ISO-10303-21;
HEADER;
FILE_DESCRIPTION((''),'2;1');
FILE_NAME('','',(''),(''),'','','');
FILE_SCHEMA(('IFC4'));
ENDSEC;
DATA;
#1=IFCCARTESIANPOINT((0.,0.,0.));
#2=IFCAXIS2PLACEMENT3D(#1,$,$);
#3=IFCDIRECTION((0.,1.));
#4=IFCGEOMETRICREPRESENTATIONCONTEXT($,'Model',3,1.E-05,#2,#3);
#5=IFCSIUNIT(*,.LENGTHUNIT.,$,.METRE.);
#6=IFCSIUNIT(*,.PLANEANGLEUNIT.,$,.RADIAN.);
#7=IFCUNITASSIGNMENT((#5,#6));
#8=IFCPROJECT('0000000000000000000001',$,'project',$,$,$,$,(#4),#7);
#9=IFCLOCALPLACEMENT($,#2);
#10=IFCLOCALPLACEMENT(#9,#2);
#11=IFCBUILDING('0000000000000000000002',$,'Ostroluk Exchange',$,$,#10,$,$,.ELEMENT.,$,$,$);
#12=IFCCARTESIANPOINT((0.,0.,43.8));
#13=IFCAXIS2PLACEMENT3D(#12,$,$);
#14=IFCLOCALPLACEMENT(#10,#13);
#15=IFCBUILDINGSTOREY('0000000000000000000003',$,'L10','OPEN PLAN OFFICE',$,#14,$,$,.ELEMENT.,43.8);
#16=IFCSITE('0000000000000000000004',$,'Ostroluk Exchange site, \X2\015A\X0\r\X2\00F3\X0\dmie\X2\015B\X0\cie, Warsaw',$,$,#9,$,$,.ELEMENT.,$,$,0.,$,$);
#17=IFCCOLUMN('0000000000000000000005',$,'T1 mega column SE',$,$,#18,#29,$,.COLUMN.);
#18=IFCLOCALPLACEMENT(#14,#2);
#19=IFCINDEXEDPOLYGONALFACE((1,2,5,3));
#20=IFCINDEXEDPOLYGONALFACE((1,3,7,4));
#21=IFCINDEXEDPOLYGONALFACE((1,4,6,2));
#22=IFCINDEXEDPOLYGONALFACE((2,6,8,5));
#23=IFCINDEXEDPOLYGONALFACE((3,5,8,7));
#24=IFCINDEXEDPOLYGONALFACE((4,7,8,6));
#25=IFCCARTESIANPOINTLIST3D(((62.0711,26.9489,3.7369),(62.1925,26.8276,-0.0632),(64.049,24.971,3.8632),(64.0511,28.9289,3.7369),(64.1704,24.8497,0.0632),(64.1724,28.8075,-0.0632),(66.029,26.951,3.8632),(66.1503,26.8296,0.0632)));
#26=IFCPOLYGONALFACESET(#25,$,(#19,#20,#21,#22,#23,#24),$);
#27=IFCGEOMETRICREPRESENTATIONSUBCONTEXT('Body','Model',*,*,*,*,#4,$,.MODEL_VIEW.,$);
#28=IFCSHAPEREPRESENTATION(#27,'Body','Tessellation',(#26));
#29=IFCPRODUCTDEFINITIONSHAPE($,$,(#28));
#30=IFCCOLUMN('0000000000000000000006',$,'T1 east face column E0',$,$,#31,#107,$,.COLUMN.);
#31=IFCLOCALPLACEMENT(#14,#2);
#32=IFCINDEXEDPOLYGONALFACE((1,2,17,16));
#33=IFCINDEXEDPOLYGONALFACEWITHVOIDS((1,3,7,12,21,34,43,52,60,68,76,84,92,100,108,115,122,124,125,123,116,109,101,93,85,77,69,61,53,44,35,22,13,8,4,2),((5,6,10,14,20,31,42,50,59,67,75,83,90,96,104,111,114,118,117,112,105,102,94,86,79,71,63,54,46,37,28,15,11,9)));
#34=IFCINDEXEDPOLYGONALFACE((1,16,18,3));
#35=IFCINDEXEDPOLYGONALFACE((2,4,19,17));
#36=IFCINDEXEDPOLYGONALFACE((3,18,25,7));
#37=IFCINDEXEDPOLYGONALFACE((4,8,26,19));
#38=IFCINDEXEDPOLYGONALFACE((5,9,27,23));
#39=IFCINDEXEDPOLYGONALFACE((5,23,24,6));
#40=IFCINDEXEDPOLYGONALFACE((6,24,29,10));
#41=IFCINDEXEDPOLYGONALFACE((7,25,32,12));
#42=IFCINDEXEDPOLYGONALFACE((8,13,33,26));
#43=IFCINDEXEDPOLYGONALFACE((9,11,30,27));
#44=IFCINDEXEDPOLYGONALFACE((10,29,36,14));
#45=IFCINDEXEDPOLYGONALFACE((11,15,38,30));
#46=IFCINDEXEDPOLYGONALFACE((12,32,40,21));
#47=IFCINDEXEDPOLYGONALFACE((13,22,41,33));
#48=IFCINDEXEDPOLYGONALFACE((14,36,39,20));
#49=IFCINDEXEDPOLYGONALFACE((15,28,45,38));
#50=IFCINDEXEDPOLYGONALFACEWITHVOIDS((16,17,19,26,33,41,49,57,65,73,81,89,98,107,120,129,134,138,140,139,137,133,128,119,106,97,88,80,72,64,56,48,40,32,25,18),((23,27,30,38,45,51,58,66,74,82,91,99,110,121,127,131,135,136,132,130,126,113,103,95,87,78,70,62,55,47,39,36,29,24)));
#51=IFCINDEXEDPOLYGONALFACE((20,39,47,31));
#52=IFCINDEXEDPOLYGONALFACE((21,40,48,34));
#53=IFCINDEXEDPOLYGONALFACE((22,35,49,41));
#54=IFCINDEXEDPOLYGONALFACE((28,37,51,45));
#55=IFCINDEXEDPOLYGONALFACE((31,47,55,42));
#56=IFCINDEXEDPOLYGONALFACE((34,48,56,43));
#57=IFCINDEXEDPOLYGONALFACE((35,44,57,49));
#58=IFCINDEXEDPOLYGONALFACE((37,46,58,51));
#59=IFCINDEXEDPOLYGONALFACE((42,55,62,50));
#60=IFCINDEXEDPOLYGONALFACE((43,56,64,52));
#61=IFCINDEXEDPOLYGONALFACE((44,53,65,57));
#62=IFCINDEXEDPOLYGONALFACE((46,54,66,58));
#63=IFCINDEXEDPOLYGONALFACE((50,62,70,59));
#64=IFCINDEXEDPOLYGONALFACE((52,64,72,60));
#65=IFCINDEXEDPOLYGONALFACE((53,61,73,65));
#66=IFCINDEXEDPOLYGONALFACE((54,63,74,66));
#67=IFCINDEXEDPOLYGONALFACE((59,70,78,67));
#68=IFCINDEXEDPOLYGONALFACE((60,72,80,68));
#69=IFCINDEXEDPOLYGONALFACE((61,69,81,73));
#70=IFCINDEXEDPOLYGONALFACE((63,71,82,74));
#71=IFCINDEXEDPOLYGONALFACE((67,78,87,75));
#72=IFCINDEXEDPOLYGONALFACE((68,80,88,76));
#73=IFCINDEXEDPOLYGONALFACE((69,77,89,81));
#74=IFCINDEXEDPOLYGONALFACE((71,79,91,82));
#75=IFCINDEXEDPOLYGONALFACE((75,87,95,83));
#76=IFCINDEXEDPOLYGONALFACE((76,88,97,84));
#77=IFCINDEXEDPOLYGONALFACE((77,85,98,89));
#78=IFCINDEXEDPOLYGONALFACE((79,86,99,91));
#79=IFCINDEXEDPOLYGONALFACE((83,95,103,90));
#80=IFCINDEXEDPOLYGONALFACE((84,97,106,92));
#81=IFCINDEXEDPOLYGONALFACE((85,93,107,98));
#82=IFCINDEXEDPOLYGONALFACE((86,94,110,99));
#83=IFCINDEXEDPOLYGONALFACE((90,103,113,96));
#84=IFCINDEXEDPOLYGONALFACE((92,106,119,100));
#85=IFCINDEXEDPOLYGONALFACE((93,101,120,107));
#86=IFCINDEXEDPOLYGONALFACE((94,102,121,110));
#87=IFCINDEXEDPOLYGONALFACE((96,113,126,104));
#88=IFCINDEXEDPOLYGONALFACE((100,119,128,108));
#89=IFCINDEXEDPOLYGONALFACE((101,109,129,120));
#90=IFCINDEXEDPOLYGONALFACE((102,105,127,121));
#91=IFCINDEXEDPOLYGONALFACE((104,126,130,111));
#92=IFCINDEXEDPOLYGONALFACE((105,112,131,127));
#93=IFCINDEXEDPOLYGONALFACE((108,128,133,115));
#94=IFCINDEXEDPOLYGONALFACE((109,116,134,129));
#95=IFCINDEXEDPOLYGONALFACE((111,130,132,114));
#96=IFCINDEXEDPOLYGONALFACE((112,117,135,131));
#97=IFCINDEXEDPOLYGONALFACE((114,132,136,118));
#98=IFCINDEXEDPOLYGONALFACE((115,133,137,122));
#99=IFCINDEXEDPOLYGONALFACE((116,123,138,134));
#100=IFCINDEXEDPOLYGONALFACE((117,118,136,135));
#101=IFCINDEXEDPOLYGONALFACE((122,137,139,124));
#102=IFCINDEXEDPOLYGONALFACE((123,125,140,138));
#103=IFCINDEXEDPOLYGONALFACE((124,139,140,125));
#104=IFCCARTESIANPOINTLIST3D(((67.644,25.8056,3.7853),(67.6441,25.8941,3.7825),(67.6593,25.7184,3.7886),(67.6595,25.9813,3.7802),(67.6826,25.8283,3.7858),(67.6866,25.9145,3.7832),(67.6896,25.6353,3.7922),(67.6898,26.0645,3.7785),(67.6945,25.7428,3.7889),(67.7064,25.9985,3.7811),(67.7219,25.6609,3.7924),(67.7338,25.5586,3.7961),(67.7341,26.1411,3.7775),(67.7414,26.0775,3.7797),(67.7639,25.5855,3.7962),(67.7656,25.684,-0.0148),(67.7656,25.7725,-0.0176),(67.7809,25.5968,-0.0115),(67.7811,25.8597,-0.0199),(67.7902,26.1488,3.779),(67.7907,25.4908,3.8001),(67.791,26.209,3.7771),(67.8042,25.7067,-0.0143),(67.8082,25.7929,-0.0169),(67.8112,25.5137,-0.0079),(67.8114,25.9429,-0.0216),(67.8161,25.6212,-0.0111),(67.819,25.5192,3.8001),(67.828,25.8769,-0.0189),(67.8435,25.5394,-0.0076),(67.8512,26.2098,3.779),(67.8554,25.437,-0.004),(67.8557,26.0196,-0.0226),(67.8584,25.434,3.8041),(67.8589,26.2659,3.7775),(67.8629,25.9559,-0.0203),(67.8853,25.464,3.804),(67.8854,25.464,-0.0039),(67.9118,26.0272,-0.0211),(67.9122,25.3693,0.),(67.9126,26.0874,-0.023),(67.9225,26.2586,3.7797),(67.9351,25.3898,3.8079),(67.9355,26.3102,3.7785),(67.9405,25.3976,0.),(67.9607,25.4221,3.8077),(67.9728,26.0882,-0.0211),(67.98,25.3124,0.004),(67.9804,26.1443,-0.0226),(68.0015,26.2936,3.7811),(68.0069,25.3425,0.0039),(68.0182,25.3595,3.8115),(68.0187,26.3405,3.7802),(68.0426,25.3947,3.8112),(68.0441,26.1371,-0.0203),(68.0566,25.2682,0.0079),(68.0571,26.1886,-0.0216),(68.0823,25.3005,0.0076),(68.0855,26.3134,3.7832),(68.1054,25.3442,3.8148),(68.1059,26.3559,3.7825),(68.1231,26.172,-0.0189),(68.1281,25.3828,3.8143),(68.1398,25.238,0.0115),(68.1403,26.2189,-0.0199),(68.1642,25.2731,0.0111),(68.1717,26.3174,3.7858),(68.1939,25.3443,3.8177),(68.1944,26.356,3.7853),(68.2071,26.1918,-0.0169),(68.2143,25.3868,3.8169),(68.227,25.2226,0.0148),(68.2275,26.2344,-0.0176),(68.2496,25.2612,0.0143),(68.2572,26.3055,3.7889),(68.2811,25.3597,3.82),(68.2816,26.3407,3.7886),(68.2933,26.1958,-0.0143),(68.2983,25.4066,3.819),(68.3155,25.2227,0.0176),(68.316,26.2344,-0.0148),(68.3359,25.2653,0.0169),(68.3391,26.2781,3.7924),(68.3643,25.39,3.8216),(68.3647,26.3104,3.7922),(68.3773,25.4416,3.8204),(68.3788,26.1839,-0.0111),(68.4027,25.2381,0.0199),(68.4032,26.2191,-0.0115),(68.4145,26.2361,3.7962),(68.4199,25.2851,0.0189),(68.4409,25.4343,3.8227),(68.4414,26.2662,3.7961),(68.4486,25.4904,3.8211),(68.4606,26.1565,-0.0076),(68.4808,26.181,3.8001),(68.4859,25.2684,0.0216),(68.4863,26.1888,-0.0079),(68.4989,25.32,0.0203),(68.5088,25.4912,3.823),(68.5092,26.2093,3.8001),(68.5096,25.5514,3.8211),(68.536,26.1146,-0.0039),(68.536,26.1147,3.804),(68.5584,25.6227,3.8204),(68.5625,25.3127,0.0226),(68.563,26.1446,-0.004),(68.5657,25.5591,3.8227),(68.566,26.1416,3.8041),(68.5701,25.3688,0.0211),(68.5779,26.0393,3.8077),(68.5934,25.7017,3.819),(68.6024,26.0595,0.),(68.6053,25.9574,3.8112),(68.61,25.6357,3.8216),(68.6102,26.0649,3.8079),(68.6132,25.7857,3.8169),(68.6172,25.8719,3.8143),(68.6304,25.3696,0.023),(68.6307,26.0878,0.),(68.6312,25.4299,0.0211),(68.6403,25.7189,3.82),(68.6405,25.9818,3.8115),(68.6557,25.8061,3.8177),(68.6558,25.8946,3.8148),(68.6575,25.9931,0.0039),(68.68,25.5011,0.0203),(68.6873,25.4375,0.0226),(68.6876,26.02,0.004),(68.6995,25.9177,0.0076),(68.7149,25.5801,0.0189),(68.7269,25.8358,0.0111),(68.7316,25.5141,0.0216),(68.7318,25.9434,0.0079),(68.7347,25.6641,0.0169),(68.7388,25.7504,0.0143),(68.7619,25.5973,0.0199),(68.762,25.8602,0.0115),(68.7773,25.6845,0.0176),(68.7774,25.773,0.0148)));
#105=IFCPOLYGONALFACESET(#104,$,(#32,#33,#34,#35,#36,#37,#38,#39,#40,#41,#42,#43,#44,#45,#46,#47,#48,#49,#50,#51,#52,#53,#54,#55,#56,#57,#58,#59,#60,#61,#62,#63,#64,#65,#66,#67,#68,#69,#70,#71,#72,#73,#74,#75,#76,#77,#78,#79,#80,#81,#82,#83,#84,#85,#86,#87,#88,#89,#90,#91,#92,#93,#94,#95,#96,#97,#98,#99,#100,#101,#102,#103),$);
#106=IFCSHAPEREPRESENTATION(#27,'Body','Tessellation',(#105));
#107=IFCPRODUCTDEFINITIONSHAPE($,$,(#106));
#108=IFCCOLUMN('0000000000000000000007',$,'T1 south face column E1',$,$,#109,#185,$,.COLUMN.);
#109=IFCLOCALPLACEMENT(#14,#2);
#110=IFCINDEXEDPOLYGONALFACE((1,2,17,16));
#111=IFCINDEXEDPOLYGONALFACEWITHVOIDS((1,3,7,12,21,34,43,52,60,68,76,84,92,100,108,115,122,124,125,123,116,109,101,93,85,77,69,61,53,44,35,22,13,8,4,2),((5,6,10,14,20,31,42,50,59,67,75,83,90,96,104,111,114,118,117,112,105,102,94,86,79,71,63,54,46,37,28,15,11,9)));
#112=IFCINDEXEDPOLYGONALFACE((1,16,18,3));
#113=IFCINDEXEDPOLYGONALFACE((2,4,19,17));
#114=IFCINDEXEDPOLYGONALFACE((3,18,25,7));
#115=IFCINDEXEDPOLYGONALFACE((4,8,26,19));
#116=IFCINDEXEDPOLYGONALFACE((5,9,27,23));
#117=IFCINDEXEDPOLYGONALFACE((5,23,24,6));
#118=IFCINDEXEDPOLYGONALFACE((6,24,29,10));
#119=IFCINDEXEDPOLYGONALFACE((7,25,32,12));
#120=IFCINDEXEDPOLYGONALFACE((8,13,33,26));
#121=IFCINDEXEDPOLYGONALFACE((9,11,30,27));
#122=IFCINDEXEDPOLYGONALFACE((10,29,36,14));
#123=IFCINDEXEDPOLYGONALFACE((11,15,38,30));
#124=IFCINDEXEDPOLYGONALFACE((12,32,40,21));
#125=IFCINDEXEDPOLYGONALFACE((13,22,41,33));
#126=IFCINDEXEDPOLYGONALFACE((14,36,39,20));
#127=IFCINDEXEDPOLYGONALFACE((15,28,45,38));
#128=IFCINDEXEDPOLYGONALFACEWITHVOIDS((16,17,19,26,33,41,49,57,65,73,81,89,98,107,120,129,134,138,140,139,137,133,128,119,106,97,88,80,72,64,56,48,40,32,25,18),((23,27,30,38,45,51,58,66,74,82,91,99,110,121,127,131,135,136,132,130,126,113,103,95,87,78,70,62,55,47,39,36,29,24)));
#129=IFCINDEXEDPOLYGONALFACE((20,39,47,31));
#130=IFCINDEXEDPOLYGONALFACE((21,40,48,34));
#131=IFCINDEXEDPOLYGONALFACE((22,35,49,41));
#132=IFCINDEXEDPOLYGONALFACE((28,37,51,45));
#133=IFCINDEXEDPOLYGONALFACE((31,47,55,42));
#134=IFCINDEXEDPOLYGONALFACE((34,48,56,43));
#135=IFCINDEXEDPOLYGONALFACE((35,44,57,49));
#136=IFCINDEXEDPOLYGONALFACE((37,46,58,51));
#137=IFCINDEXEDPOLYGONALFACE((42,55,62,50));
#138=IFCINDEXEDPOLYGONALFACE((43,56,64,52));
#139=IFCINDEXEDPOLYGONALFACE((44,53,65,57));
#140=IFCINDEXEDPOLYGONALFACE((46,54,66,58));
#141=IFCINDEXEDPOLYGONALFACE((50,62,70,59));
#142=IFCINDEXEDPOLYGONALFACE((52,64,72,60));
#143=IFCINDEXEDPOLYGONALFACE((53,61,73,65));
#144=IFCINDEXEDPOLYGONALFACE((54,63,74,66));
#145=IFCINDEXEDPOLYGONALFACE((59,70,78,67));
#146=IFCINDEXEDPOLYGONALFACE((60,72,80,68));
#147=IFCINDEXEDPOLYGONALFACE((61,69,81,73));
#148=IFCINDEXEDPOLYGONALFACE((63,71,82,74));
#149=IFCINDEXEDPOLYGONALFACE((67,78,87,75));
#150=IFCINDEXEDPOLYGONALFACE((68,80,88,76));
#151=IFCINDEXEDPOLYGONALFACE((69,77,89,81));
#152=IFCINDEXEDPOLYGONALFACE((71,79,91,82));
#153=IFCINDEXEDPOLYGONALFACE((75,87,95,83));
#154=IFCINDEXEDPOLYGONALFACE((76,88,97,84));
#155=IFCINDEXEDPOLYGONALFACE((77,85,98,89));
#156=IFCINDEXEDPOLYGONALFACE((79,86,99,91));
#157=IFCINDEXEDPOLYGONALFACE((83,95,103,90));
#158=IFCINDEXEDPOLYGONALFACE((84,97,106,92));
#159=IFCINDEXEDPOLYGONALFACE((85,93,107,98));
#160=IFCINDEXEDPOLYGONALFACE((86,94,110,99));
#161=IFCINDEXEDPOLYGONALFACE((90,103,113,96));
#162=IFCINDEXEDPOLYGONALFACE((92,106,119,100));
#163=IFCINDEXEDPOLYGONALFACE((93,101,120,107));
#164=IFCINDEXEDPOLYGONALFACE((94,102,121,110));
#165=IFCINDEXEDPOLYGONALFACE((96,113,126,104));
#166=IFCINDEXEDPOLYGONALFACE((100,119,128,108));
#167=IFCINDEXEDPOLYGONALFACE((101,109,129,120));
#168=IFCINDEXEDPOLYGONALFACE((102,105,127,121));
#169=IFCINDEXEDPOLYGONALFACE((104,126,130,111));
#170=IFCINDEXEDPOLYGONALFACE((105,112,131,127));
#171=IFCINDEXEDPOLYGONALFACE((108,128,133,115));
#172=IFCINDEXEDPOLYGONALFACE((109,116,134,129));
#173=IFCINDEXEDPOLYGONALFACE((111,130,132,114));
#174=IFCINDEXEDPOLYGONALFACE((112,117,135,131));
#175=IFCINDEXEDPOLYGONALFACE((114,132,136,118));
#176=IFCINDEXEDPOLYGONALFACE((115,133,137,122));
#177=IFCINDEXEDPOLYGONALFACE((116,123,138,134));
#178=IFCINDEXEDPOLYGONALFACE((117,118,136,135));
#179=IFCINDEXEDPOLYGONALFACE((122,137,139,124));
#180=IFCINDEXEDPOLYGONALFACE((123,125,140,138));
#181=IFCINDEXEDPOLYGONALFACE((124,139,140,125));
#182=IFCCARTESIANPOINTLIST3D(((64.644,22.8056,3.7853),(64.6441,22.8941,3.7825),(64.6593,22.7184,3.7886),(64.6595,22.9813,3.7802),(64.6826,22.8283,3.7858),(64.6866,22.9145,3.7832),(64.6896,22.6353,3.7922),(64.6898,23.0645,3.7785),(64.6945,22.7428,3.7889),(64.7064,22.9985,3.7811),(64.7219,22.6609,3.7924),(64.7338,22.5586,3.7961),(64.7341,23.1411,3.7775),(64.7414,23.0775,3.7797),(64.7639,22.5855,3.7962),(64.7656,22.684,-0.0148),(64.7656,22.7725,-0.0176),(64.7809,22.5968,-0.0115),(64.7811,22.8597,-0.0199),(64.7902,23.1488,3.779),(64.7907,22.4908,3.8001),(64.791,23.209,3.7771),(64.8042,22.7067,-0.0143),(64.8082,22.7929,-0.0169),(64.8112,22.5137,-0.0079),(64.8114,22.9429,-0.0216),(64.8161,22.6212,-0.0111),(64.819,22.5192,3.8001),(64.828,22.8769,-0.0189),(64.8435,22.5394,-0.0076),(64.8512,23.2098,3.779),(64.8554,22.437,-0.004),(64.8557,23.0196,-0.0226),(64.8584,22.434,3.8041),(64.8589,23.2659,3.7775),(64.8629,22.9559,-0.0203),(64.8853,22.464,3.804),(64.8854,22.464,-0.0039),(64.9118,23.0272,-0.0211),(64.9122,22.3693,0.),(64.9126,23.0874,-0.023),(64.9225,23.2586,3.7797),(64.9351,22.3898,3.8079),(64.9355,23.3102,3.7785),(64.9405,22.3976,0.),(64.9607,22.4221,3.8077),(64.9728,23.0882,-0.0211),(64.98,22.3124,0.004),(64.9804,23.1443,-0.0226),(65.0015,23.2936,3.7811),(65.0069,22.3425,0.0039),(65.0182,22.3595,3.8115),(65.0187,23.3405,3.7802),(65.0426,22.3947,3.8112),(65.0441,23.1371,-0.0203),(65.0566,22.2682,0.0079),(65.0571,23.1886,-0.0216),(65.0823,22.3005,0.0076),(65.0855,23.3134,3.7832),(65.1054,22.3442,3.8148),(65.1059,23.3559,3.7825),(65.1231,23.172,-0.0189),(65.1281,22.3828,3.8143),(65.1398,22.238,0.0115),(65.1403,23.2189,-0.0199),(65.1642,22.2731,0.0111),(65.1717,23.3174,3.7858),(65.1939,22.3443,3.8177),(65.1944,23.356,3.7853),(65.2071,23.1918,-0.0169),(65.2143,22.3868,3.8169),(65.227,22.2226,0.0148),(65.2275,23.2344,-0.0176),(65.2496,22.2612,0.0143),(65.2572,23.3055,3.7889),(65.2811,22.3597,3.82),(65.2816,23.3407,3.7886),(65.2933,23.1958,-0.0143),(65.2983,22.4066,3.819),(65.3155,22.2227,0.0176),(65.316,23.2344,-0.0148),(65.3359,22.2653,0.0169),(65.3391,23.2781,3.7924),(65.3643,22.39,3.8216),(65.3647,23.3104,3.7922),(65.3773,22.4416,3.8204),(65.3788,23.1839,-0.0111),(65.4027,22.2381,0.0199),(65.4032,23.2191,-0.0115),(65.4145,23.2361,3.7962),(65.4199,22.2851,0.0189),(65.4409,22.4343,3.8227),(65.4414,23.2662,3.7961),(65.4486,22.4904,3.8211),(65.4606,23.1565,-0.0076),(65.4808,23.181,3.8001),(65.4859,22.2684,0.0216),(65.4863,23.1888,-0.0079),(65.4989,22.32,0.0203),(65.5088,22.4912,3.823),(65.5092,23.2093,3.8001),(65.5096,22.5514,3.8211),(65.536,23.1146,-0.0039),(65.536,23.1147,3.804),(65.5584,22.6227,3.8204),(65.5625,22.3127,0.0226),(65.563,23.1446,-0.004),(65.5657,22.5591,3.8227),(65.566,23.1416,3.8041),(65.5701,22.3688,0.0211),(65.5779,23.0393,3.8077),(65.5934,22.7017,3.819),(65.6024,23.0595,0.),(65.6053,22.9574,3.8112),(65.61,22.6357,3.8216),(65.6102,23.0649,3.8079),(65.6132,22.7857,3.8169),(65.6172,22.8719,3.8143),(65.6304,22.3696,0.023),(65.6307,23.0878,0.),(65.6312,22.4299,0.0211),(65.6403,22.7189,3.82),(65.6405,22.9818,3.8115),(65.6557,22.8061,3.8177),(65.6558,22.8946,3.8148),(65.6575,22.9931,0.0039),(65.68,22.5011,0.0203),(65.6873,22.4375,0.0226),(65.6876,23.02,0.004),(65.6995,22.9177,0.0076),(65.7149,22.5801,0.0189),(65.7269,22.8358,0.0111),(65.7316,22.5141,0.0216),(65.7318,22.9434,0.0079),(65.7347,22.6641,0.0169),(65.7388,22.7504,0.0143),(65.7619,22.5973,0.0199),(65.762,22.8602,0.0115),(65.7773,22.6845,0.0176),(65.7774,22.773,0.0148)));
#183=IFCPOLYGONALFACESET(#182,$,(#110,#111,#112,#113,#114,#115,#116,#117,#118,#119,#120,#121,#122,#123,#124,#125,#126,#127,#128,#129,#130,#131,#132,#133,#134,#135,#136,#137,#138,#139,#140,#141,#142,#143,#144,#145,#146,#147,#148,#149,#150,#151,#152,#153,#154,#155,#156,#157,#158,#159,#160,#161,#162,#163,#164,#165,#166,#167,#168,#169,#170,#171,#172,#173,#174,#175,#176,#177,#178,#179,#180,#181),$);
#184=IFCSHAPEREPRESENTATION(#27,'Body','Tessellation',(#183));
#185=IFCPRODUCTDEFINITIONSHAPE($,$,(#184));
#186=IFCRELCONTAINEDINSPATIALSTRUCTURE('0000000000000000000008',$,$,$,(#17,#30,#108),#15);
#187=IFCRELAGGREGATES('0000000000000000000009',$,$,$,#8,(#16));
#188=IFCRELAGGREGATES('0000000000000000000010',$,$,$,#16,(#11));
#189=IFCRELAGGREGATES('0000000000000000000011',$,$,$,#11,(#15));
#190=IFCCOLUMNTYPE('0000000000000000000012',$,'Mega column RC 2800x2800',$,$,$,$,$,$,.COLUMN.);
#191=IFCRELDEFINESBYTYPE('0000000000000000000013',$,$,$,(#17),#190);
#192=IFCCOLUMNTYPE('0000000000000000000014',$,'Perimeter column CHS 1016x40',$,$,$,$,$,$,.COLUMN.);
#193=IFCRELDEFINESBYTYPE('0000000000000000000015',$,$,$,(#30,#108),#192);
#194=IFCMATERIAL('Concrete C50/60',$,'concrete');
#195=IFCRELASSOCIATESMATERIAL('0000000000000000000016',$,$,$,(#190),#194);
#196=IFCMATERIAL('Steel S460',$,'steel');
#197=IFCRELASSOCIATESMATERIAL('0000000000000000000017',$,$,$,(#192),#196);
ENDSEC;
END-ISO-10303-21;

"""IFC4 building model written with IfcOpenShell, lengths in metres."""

from ifc_helpers import new_model, si_unit, direction, frame, origin, origin_2d, place, context, subcontext, project, spatial, rectangle, hollow_circle, extrude, material, material_profile, profile_set, type_object, element, save


model = new_model("IFC4")

# Units and contexts
model_context = context("Model", 3, precision=1e-05, world=origin(), true_north=direction((0.0, 1.0)))
body_context = subcontext(model_context, "Body", "Model", "MODEL_VIEW")
ifc_project = project(units=[si_unit("LENGTHUNIT", "METRE"), si_unit("PLANEANGLEUNIT", "RADIAN")], contexts=[model_context])

# Site, building, storey
site_placement = place(None, origin())
site = spatial("IfcSite", under=ifc_project, at=site_placement, Name="Ostroluk Exchange site, Śródmieście, Warsaw", CompositionType="ELEMENT", RefElevation=0.0)
building_placement = place(site_placement, origin())
building = spatial("IfcBuilding", under=site, at=building_placement, Name="Ostroluk Exchange", CompositionType="ELEMENT")
storey_placement = place(building_placement, frame((0.0, 0.0, 43.8)))
storey = spatial("IfcBuildingStorey", under=building, at=storey_placement, Name="L10", Description="OPEN PLAN OFFICE", CompositionType="ELEMENT", Elevation=43.8)

# Columns
ifc_material_1 = material(Name="Concrete C50/60", Category="concrete")
ifc_material_profile_1 = material_profile(ifc_material_1, rectangle(XDim=2.8, YDim=2.8, at=origin_2d()), Name="RC 2800x2800")
ifc_profile_set_1 = profile_set([ifc_material_profile_1], Name="Concrete C50/60")
column_type_1 = type_object("IfcColumnType", Name="Mega column RC 2800x2800", PredefinedType="COLUMN", material=ifc_profile_set_1)
column_placement = place(storey_placement, frame((64.1714, 26.8286, 0.0), z_axis=(-0.031898, 0.031898, 0.998982), x_axis=(-0.707107, -0.707107, 0.0)))
element("IfcColumn", 1, at=column_placement, inside=storey, type_object=column_type_1, Name="T1 mega column SE", PredefinedType="COLUMN", context=body_context, shape_type="SweptSolid", body=[
    extrude(rectangle(XDim=2.8, YDim=2.8, at=origin_2d()), origin(), (0.0, 0.0, 1.0), 3.804),
])
ifc_material_2 = material(Name="Steel S460", Category="steel")
ifc_material_profile_2 = material_profile(ifc_material_2, hollow_circle(Radius=0.5081, WallThickness=0.04, at=origin_2d()), Name="CHS 1016x40")
ifc_profile_set_2 = profile_set([ifc_material_profile_2], Name="Steel S460")
column_type_2 = type_object("IfcColumnType", Name="Perimeter column CHS 1016x40", PredefinedType="COLUMN", material=ifc_profile_set_2)
for number, where, z_axis, x_axis, name in (
    (2, (68.2715, 25.7285, 0.0), (-0.031962, 0.031962, 0.998978), (-0.707107, -0.707107, 0.0), "T1 east face column E0"),
    (3, (65.2715, 22.7285, 0.0), (-0.031962, 0.031962, 0.998978), (-0.707107, -0.707107, 0.0), "T1 south face column E1"),
):
    element("IfcColumn", number, at=place(storey_placement, frame(where, z_axis=z_axis, x_axis=x_axis)), inside=storey, type_object=column_type_2, Name=name, PredefinedType="COLUMN", context=body_context, shape_type="SweptSolid", body=[
        extrude(hollow_circle(Radius=0.5081, WallThickness=0.04, at=origin_2d()), origin(), (0.0, 0.0, 1.0), 3.804),
    ])

save(model, "model.ifc")
